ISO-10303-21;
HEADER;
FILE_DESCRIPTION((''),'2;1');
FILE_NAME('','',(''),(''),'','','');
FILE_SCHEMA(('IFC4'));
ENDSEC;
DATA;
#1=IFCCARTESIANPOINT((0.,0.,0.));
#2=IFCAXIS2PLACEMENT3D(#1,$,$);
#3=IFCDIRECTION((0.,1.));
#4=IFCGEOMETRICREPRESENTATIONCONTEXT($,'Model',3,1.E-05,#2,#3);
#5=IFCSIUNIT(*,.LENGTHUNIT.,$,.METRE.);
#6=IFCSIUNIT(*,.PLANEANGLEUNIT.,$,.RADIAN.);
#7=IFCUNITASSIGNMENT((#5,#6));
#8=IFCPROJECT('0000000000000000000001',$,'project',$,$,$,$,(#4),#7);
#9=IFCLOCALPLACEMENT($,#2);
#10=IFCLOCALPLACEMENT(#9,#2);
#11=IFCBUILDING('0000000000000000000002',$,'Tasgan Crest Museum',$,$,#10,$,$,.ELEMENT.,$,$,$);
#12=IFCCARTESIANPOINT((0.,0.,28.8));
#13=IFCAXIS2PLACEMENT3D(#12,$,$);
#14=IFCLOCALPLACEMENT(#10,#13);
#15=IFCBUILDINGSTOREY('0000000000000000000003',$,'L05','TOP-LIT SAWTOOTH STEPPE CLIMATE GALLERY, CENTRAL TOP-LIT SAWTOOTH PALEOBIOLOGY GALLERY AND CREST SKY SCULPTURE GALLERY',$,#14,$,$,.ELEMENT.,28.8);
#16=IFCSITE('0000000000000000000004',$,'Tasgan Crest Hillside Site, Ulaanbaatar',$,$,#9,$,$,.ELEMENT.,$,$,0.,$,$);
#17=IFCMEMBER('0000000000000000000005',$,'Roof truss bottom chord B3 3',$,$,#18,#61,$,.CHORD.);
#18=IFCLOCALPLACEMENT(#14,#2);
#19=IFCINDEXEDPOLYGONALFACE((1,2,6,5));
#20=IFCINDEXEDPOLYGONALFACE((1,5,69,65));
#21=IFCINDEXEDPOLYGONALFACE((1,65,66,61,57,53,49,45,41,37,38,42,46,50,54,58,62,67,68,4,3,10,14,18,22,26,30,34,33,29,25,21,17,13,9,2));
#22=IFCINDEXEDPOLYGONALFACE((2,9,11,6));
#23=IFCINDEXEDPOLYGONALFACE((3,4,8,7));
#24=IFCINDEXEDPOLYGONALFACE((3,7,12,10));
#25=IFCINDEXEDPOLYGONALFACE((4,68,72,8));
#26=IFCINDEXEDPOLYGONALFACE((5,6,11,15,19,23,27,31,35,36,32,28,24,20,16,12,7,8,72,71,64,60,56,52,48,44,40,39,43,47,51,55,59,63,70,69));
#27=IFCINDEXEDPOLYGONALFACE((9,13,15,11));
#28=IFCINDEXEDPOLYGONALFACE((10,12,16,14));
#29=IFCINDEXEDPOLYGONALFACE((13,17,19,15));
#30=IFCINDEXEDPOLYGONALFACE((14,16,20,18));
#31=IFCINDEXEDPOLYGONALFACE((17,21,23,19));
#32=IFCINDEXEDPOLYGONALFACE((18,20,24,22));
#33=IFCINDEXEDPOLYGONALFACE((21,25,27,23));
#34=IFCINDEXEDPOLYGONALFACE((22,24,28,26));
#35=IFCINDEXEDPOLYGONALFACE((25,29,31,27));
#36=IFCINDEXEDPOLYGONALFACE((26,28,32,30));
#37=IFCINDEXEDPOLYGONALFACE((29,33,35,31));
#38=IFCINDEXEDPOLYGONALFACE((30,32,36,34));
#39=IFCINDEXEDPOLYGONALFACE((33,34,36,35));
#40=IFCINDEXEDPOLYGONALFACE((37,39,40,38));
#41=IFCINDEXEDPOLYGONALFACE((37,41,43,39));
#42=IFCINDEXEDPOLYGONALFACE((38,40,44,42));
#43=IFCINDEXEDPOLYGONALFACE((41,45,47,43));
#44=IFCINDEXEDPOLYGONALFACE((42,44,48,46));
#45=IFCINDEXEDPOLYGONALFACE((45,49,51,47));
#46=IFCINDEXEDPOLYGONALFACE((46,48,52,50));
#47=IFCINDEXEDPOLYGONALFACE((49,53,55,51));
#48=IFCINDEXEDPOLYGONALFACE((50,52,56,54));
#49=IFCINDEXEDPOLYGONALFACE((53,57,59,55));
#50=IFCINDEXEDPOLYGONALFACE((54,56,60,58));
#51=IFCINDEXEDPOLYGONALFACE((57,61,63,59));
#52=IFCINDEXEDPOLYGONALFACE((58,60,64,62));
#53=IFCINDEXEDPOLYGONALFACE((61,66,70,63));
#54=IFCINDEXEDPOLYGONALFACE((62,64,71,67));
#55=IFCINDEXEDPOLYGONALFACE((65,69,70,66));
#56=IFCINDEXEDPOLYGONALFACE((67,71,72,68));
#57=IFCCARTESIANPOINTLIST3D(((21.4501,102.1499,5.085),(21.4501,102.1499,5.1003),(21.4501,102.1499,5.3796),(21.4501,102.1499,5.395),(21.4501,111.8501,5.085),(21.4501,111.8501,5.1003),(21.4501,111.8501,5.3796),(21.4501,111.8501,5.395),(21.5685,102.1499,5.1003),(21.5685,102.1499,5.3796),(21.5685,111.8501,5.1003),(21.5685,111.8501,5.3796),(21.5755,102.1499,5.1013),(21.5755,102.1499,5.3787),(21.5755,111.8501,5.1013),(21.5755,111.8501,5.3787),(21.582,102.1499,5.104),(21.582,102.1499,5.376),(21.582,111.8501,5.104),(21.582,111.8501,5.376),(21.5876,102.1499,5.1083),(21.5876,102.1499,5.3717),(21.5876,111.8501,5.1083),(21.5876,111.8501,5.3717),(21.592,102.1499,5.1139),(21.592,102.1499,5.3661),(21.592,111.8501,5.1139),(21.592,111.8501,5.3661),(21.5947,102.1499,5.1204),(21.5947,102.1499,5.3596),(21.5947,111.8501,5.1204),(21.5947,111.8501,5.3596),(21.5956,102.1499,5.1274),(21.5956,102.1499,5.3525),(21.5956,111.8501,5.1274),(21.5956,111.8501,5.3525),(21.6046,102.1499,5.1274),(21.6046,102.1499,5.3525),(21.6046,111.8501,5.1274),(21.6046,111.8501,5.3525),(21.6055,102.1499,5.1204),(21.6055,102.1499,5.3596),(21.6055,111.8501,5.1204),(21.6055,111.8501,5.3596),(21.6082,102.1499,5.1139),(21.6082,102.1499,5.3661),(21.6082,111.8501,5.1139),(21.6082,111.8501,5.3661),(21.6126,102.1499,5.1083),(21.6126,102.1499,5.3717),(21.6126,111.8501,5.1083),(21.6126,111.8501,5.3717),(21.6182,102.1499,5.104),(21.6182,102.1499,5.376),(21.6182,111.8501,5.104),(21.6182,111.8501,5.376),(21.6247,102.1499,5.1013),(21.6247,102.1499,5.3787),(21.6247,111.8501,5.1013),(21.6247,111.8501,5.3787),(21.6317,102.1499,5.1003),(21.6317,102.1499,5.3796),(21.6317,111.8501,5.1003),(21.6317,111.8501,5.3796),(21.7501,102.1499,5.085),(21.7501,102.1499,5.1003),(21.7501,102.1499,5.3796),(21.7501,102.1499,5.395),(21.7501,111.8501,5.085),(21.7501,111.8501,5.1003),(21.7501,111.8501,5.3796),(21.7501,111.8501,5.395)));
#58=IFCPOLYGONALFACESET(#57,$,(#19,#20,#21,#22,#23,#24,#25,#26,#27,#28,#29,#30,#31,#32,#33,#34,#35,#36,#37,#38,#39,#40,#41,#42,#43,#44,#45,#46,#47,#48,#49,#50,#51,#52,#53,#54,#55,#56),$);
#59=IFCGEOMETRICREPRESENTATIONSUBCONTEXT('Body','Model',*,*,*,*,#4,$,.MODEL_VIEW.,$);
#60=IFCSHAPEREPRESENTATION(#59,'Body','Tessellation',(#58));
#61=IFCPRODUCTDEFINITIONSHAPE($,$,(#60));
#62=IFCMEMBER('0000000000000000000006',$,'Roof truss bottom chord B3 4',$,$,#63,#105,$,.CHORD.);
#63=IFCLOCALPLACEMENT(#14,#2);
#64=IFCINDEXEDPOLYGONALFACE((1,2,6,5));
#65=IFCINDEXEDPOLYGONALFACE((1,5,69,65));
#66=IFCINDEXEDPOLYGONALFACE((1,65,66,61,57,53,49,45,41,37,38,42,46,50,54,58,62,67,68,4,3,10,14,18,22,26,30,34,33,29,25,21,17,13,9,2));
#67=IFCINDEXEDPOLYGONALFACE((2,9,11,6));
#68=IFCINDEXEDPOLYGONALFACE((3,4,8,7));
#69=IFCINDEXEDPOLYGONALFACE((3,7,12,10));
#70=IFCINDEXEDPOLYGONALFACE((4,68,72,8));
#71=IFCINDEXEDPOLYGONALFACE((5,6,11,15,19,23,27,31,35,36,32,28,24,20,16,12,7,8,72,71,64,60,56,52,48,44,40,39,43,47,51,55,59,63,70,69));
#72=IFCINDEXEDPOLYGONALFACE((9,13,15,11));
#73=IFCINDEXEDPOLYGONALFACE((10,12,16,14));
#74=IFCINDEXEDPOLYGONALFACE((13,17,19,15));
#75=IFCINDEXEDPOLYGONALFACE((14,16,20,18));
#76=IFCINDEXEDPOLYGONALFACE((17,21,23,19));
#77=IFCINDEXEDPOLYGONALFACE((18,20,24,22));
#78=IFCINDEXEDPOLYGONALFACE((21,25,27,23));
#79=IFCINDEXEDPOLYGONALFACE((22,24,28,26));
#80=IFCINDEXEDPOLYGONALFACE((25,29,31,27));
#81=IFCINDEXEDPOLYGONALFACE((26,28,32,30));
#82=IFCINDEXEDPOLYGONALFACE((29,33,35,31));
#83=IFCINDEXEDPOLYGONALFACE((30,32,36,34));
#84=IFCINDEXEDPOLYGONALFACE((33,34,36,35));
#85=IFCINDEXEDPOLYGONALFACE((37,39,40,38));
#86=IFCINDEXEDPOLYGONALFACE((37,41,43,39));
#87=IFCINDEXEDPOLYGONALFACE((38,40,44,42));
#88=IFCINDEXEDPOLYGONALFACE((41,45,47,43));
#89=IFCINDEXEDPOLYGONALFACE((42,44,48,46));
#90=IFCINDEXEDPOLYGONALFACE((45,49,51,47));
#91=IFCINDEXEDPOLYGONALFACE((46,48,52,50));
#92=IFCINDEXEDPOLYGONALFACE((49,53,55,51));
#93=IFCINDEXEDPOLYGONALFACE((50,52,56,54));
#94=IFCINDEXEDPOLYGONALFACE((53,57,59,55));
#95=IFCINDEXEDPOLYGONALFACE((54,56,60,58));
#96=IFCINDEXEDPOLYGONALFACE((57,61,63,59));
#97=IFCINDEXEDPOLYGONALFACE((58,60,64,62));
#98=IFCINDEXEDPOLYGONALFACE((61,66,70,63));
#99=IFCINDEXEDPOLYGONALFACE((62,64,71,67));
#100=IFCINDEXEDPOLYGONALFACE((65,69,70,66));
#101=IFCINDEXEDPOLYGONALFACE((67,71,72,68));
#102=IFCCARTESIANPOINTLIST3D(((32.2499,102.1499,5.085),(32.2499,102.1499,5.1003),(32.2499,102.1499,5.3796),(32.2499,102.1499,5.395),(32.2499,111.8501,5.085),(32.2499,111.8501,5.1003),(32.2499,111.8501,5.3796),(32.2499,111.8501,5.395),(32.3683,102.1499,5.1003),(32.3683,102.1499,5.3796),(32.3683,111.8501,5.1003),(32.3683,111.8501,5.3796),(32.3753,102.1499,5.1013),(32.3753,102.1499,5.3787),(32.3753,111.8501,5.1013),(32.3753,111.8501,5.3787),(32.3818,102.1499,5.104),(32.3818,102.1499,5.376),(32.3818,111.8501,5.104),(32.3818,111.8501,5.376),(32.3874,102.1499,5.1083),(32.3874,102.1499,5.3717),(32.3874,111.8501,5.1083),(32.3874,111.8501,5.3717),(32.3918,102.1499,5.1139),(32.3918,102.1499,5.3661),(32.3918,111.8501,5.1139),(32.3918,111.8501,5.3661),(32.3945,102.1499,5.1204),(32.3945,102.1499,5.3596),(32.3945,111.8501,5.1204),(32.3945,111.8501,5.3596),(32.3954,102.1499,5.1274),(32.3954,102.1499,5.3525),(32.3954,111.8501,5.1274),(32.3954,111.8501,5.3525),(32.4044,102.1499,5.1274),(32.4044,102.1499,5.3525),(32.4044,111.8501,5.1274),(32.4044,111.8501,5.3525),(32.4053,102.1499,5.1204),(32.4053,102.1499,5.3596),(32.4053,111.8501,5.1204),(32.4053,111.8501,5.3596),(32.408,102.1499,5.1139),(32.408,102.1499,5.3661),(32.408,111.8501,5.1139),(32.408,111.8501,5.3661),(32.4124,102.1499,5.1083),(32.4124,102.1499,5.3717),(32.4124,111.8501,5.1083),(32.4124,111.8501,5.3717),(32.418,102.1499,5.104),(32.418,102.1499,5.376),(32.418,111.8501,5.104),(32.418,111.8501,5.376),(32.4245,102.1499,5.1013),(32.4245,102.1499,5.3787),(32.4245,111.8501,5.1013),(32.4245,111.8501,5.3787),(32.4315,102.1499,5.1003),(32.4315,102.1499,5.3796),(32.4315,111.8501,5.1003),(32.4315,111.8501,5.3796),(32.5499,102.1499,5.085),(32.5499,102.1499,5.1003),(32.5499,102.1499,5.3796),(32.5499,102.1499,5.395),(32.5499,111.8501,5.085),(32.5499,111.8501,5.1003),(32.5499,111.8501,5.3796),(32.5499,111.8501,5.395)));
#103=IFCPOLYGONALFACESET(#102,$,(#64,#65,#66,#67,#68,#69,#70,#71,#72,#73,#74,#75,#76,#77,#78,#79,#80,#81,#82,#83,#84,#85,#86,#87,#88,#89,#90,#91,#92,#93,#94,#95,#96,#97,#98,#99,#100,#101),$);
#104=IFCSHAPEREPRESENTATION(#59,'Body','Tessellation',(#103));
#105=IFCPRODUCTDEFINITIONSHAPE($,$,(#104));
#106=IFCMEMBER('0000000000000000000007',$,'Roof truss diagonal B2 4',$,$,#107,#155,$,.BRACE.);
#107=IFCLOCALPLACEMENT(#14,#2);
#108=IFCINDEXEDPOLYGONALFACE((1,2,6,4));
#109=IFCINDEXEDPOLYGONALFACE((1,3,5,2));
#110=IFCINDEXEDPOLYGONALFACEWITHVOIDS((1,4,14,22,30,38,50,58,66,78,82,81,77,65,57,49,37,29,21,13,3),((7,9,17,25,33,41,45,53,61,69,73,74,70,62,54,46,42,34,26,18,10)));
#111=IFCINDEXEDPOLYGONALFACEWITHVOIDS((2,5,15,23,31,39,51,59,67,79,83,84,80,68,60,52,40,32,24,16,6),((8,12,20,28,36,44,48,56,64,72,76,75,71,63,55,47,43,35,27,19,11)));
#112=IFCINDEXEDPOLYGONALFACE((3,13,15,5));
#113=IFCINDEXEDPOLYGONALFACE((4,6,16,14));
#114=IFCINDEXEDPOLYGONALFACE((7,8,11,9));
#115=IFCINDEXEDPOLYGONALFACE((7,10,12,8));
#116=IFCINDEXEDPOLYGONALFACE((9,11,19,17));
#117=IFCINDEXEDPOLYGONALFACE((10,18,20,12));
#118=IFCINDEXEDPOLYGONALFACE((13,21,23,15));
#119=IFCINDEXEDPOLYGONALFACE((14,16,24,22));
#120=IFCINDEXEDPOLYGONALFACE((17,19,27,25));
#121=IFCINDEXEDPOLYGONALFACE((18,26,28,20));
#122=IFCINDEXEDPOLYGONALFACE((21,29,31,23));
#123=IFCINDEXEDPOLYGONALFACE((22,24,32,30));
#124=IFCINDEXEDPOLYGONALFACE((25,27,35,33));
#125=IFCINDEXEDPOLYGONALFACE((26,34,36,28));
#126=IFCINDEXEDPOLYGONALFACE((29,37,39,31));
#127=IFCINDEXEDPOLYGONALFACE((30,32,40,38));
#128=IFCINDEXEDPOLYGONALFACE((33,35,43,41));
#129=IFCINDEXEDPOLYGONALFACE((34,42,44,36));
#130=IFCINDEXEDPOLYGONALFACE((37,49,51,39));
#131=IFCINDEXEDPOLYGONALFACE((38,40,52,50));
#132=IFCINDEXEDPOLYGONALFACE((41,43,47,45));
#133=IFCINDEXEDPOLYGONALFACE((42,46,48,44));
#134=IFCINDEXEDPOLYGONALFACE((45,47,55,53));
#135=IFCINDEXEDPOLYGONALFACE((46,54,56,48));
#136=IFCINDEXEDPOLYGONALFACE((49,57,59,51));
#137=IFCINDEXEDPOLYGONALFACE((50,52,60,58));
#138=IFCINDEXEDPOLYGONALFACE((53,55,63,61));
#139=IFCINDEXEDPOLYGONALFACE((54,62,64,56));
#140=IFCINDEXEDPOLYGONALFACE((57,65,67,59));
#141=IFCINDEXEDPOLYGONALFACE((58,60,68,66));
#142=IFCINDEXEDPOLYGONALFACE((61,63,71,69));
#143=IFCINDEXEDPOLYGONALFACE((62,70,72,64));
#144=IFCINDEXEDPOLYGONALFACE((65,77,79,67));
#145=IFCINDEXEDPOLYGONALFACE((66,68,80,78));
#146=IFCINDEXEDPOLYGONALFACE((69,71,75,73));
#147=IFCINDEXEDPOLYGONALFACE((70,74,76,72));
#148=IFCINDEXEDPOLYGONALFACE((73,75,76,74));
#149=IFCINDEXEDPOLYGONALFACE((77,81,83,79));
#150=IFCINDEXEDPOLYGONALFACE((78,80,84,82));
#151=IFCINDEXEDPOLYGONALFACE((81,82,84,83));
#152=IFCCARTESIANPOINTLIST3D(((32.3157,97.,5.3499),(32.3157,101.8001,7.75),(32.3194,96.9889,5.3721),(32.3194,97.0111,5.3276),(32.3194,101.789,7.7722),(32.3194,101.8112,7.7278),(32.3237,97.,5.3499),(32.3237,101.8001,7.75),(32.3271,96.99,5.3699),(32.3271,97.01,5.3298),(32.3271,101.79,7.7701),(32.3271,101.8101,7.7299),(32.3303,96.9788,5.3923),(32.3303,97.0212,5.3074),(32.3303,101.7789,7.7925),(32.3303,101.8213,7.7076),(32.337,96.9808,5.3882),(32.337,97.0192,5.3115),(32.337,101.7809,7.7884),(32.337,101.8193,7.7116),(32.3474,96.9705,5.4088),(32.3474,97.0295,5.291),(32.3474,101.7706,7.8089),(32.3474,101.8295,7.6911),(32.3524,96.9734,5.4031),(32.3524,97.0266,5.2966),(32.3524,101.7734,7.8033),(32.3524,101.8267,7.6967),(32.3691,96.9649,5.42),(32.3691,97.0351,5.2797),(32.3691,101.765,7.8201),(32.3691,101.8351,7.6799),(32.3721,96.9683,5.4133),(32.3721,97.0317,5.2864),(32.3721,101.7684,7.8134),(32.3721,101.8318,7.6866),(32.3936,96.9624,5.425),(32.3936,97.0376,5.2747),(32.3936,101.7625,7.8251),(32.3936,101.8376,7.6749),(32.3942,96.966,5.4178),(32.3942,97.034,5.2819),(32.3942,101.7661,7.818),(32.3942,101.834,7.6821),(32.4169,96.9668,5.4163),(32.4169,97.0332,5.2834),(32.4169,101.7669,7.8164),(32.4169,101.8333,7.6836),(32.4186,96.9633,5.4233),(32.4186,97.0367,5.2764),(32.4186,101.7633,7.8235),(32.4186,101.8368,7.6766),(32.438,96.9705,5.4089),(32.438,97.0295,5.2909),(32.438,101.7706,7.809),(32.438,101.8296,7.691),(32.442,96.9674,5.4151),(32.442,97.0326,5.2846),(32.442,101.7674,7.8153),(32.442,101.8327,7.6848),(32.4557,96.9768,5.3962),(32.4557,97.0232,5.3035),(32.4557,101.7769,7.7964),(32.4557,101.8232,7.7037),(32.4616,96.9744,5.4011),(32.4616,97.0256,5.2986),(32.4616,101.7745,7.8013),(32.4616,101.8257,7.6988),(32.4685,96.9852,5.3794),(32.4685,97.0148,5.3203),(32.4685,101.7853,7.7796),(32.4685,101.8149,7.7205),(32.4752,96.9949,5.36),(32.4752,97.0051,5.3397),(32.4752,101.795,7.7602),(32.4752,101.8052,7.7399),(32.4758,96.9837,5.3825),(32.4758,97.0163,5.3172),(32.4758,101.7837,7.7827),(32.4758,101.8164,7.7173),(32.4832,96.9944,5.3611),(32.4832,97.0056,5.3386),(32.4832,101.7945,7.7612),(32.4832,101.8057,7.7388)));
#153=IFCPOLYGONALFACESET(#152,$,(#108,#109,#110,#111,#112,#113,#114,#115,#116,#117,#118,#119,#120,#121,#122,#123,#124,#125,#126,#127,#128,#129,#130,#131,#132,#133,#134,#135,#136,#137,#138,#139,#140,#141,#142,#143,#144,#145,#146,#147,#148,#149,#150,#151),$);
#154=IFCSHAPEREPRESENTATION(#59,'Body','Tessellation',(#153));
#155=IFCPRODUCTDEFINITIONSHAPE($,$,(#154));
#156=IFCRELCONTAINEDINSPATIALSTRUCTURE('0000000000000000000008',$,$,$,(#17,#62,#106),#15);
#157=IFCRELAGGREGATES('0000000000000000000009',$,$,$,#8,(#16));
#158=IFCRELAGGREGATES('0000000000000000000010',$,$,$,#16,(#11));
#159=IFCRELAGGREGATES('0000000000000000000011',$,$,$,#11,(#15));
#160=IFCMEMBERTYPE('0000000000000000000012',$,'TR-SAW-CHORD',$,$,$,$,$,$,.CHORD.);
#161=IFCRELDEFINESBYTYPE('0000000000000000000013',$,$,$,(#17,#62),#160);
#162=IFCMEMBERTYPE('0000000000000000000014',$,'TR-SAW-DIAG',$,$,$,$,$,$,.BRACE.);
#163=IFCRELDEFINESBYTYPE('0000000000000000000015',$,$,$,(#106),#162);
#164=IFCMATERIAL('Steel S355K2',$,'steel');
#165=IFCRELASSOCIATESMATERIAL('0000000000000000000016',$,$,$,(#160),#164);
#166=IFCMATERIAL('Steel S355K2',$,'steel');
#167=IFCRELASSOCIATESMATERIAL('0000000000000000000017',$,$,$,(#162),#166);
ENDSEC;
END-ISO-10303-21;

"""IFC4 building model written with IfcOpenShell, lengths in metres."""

from ifc_helpers import new_model, si_unit, direction, frame, origin, origin_2d, place, context, subcontext, project, spatial, hollow_circle, i_section, extrude, material, material_profile, profile_set, type_object, element, save


model = new_model("IFC4")

# Units and contexts
model_context = context("Model", 3, precision=1e-05, world=origin(), true_north=direction((0.0, 1.0)))
body_context = subcontext(model_context, "Body", "Model", "MODEL_VIEW")
ifc_project = project(units=[si_unit("LENGTHUNIT", "METRE"), si_unit("PLANEANGLEUNIT", "RADIAN")], contexts=[model_context])

# Site, building, storey
site_placement = place(None, origin())
site = spatial("IfcSite", under=ifc_project, at=site_placement, Name="Tasgan Crest Hillside Site, Ulaanbaatar", CompositionType="ELEMENT", RefElevation=0.0)
building_placement = place(site_placement, origin())
building = spatial("IfcBuilding", under=site, at=building_placement, Name="Tasgan Crest Museum", CompositionType="ELEMENT")
storey_placement = place(building_placement, frame((0.0, 0.0, 28.8)))
storey = spatial("IfcBuildingStorey", under=building, at=storey_placement, Name="L05", Description="TOP-LIT SAWTOOTH STEPPE CLIMATE GALLERY, CENTRAL TOP-LIT SAWTOOTH PALEOBIOLOGY GALLERY AND CREST SKY SCULPTURE GALLERY", CompositionType="ELEMENT", Elevation=28.8)

# Members
ifc_material_1 = material(Name="Steel S355K2", Category="steel")
ifc_material_profile_1 = material_profile(ifc_material_1, i_section(OverallWidth=0.3, OverallDepth=0.3101, WebThickness=0.009, FlangeThickness=0.0154, FilletRadius=0.0271, at=origin_2d()), Name="HEA 320")
ifc_profile_set_1 = profile_set([ifc_material_profile_1], Name="Steel S355K2")
member_type_1 = type_object("IfcMemberType", Name="TR-SAW-CHORD", PredefinedType="CHORD", material=ifc_profile_set_1)
for number, where, z_axis, x_axis, name in (
    (1, (21.6001, 102.1499, 5.24), (0.0, 1.0, 0.0), (-1.0, 0.0, 0.0), "Roof truss bottom chord B3 3"),
    (2, (32.3999, 102.1499, 5.24), (0.0, 1.0, 0.0), (-1.0, 0.0, 0.0), "Roof truss bottom chord B3 4"),
):
    element("IfcMember", number, at=place(storey_placement, frame(where, z_axis=z_axis, x_axis=x_axis)), inside=storey, type_object=member_type_1, Name=name, PredefinedType="CHORD", context=body_context, shape_type="SweptSolid", body=[
        extrude(i_section(OverallWidth=0.3, OverallDepth=0.3101, WebThickness=0.009, FlangeThickness=0.0154, FilletRadius=0.0271, at=origin_2d()), origin(), (0.0, 0.0, 1.0), 9.7002),
    ])
ifc_material_2 = material(Name="Steel S355K2", Category="steel")
ifc_material_profile_2 = material_profile(ifc_material_2, hollow_circle(Radius=0.0842, WallThickness=0.0081, at=origin_2d()), Name="CHS 168.3x8")
ifc_profile_set_2 = profile_set([ifc_material_profile_2], Name="Steel S355K2")
member_type_2 = type_object("IfcMemberType", Name="TR-SAW-DIAG", PredefinedType="BRACE", material=ifc_profile_set_2)
member_placement = place(storey_placement, frame((32.3999, 97.0, 5.3499), z_axis=(0.0, 0.894418, 0.447232), x_axis=(-1.0, 0.0, 0.0)))
element("IfcMember", 3, at=member_placement, inside=storey, type_object=member_type_2, Name="Roof truss diagonal B2 4", PredefinedType="BRACE", context=body_context, shape_type="SweptSolid", body=[
    extrude(hollow_circle(Radius=0.0842, WallThickness=0.0081, at=origin_2d()), origin(), (0.0, 0.0, 1.0), 5.3667),
])

save(model, "model.ifc")
